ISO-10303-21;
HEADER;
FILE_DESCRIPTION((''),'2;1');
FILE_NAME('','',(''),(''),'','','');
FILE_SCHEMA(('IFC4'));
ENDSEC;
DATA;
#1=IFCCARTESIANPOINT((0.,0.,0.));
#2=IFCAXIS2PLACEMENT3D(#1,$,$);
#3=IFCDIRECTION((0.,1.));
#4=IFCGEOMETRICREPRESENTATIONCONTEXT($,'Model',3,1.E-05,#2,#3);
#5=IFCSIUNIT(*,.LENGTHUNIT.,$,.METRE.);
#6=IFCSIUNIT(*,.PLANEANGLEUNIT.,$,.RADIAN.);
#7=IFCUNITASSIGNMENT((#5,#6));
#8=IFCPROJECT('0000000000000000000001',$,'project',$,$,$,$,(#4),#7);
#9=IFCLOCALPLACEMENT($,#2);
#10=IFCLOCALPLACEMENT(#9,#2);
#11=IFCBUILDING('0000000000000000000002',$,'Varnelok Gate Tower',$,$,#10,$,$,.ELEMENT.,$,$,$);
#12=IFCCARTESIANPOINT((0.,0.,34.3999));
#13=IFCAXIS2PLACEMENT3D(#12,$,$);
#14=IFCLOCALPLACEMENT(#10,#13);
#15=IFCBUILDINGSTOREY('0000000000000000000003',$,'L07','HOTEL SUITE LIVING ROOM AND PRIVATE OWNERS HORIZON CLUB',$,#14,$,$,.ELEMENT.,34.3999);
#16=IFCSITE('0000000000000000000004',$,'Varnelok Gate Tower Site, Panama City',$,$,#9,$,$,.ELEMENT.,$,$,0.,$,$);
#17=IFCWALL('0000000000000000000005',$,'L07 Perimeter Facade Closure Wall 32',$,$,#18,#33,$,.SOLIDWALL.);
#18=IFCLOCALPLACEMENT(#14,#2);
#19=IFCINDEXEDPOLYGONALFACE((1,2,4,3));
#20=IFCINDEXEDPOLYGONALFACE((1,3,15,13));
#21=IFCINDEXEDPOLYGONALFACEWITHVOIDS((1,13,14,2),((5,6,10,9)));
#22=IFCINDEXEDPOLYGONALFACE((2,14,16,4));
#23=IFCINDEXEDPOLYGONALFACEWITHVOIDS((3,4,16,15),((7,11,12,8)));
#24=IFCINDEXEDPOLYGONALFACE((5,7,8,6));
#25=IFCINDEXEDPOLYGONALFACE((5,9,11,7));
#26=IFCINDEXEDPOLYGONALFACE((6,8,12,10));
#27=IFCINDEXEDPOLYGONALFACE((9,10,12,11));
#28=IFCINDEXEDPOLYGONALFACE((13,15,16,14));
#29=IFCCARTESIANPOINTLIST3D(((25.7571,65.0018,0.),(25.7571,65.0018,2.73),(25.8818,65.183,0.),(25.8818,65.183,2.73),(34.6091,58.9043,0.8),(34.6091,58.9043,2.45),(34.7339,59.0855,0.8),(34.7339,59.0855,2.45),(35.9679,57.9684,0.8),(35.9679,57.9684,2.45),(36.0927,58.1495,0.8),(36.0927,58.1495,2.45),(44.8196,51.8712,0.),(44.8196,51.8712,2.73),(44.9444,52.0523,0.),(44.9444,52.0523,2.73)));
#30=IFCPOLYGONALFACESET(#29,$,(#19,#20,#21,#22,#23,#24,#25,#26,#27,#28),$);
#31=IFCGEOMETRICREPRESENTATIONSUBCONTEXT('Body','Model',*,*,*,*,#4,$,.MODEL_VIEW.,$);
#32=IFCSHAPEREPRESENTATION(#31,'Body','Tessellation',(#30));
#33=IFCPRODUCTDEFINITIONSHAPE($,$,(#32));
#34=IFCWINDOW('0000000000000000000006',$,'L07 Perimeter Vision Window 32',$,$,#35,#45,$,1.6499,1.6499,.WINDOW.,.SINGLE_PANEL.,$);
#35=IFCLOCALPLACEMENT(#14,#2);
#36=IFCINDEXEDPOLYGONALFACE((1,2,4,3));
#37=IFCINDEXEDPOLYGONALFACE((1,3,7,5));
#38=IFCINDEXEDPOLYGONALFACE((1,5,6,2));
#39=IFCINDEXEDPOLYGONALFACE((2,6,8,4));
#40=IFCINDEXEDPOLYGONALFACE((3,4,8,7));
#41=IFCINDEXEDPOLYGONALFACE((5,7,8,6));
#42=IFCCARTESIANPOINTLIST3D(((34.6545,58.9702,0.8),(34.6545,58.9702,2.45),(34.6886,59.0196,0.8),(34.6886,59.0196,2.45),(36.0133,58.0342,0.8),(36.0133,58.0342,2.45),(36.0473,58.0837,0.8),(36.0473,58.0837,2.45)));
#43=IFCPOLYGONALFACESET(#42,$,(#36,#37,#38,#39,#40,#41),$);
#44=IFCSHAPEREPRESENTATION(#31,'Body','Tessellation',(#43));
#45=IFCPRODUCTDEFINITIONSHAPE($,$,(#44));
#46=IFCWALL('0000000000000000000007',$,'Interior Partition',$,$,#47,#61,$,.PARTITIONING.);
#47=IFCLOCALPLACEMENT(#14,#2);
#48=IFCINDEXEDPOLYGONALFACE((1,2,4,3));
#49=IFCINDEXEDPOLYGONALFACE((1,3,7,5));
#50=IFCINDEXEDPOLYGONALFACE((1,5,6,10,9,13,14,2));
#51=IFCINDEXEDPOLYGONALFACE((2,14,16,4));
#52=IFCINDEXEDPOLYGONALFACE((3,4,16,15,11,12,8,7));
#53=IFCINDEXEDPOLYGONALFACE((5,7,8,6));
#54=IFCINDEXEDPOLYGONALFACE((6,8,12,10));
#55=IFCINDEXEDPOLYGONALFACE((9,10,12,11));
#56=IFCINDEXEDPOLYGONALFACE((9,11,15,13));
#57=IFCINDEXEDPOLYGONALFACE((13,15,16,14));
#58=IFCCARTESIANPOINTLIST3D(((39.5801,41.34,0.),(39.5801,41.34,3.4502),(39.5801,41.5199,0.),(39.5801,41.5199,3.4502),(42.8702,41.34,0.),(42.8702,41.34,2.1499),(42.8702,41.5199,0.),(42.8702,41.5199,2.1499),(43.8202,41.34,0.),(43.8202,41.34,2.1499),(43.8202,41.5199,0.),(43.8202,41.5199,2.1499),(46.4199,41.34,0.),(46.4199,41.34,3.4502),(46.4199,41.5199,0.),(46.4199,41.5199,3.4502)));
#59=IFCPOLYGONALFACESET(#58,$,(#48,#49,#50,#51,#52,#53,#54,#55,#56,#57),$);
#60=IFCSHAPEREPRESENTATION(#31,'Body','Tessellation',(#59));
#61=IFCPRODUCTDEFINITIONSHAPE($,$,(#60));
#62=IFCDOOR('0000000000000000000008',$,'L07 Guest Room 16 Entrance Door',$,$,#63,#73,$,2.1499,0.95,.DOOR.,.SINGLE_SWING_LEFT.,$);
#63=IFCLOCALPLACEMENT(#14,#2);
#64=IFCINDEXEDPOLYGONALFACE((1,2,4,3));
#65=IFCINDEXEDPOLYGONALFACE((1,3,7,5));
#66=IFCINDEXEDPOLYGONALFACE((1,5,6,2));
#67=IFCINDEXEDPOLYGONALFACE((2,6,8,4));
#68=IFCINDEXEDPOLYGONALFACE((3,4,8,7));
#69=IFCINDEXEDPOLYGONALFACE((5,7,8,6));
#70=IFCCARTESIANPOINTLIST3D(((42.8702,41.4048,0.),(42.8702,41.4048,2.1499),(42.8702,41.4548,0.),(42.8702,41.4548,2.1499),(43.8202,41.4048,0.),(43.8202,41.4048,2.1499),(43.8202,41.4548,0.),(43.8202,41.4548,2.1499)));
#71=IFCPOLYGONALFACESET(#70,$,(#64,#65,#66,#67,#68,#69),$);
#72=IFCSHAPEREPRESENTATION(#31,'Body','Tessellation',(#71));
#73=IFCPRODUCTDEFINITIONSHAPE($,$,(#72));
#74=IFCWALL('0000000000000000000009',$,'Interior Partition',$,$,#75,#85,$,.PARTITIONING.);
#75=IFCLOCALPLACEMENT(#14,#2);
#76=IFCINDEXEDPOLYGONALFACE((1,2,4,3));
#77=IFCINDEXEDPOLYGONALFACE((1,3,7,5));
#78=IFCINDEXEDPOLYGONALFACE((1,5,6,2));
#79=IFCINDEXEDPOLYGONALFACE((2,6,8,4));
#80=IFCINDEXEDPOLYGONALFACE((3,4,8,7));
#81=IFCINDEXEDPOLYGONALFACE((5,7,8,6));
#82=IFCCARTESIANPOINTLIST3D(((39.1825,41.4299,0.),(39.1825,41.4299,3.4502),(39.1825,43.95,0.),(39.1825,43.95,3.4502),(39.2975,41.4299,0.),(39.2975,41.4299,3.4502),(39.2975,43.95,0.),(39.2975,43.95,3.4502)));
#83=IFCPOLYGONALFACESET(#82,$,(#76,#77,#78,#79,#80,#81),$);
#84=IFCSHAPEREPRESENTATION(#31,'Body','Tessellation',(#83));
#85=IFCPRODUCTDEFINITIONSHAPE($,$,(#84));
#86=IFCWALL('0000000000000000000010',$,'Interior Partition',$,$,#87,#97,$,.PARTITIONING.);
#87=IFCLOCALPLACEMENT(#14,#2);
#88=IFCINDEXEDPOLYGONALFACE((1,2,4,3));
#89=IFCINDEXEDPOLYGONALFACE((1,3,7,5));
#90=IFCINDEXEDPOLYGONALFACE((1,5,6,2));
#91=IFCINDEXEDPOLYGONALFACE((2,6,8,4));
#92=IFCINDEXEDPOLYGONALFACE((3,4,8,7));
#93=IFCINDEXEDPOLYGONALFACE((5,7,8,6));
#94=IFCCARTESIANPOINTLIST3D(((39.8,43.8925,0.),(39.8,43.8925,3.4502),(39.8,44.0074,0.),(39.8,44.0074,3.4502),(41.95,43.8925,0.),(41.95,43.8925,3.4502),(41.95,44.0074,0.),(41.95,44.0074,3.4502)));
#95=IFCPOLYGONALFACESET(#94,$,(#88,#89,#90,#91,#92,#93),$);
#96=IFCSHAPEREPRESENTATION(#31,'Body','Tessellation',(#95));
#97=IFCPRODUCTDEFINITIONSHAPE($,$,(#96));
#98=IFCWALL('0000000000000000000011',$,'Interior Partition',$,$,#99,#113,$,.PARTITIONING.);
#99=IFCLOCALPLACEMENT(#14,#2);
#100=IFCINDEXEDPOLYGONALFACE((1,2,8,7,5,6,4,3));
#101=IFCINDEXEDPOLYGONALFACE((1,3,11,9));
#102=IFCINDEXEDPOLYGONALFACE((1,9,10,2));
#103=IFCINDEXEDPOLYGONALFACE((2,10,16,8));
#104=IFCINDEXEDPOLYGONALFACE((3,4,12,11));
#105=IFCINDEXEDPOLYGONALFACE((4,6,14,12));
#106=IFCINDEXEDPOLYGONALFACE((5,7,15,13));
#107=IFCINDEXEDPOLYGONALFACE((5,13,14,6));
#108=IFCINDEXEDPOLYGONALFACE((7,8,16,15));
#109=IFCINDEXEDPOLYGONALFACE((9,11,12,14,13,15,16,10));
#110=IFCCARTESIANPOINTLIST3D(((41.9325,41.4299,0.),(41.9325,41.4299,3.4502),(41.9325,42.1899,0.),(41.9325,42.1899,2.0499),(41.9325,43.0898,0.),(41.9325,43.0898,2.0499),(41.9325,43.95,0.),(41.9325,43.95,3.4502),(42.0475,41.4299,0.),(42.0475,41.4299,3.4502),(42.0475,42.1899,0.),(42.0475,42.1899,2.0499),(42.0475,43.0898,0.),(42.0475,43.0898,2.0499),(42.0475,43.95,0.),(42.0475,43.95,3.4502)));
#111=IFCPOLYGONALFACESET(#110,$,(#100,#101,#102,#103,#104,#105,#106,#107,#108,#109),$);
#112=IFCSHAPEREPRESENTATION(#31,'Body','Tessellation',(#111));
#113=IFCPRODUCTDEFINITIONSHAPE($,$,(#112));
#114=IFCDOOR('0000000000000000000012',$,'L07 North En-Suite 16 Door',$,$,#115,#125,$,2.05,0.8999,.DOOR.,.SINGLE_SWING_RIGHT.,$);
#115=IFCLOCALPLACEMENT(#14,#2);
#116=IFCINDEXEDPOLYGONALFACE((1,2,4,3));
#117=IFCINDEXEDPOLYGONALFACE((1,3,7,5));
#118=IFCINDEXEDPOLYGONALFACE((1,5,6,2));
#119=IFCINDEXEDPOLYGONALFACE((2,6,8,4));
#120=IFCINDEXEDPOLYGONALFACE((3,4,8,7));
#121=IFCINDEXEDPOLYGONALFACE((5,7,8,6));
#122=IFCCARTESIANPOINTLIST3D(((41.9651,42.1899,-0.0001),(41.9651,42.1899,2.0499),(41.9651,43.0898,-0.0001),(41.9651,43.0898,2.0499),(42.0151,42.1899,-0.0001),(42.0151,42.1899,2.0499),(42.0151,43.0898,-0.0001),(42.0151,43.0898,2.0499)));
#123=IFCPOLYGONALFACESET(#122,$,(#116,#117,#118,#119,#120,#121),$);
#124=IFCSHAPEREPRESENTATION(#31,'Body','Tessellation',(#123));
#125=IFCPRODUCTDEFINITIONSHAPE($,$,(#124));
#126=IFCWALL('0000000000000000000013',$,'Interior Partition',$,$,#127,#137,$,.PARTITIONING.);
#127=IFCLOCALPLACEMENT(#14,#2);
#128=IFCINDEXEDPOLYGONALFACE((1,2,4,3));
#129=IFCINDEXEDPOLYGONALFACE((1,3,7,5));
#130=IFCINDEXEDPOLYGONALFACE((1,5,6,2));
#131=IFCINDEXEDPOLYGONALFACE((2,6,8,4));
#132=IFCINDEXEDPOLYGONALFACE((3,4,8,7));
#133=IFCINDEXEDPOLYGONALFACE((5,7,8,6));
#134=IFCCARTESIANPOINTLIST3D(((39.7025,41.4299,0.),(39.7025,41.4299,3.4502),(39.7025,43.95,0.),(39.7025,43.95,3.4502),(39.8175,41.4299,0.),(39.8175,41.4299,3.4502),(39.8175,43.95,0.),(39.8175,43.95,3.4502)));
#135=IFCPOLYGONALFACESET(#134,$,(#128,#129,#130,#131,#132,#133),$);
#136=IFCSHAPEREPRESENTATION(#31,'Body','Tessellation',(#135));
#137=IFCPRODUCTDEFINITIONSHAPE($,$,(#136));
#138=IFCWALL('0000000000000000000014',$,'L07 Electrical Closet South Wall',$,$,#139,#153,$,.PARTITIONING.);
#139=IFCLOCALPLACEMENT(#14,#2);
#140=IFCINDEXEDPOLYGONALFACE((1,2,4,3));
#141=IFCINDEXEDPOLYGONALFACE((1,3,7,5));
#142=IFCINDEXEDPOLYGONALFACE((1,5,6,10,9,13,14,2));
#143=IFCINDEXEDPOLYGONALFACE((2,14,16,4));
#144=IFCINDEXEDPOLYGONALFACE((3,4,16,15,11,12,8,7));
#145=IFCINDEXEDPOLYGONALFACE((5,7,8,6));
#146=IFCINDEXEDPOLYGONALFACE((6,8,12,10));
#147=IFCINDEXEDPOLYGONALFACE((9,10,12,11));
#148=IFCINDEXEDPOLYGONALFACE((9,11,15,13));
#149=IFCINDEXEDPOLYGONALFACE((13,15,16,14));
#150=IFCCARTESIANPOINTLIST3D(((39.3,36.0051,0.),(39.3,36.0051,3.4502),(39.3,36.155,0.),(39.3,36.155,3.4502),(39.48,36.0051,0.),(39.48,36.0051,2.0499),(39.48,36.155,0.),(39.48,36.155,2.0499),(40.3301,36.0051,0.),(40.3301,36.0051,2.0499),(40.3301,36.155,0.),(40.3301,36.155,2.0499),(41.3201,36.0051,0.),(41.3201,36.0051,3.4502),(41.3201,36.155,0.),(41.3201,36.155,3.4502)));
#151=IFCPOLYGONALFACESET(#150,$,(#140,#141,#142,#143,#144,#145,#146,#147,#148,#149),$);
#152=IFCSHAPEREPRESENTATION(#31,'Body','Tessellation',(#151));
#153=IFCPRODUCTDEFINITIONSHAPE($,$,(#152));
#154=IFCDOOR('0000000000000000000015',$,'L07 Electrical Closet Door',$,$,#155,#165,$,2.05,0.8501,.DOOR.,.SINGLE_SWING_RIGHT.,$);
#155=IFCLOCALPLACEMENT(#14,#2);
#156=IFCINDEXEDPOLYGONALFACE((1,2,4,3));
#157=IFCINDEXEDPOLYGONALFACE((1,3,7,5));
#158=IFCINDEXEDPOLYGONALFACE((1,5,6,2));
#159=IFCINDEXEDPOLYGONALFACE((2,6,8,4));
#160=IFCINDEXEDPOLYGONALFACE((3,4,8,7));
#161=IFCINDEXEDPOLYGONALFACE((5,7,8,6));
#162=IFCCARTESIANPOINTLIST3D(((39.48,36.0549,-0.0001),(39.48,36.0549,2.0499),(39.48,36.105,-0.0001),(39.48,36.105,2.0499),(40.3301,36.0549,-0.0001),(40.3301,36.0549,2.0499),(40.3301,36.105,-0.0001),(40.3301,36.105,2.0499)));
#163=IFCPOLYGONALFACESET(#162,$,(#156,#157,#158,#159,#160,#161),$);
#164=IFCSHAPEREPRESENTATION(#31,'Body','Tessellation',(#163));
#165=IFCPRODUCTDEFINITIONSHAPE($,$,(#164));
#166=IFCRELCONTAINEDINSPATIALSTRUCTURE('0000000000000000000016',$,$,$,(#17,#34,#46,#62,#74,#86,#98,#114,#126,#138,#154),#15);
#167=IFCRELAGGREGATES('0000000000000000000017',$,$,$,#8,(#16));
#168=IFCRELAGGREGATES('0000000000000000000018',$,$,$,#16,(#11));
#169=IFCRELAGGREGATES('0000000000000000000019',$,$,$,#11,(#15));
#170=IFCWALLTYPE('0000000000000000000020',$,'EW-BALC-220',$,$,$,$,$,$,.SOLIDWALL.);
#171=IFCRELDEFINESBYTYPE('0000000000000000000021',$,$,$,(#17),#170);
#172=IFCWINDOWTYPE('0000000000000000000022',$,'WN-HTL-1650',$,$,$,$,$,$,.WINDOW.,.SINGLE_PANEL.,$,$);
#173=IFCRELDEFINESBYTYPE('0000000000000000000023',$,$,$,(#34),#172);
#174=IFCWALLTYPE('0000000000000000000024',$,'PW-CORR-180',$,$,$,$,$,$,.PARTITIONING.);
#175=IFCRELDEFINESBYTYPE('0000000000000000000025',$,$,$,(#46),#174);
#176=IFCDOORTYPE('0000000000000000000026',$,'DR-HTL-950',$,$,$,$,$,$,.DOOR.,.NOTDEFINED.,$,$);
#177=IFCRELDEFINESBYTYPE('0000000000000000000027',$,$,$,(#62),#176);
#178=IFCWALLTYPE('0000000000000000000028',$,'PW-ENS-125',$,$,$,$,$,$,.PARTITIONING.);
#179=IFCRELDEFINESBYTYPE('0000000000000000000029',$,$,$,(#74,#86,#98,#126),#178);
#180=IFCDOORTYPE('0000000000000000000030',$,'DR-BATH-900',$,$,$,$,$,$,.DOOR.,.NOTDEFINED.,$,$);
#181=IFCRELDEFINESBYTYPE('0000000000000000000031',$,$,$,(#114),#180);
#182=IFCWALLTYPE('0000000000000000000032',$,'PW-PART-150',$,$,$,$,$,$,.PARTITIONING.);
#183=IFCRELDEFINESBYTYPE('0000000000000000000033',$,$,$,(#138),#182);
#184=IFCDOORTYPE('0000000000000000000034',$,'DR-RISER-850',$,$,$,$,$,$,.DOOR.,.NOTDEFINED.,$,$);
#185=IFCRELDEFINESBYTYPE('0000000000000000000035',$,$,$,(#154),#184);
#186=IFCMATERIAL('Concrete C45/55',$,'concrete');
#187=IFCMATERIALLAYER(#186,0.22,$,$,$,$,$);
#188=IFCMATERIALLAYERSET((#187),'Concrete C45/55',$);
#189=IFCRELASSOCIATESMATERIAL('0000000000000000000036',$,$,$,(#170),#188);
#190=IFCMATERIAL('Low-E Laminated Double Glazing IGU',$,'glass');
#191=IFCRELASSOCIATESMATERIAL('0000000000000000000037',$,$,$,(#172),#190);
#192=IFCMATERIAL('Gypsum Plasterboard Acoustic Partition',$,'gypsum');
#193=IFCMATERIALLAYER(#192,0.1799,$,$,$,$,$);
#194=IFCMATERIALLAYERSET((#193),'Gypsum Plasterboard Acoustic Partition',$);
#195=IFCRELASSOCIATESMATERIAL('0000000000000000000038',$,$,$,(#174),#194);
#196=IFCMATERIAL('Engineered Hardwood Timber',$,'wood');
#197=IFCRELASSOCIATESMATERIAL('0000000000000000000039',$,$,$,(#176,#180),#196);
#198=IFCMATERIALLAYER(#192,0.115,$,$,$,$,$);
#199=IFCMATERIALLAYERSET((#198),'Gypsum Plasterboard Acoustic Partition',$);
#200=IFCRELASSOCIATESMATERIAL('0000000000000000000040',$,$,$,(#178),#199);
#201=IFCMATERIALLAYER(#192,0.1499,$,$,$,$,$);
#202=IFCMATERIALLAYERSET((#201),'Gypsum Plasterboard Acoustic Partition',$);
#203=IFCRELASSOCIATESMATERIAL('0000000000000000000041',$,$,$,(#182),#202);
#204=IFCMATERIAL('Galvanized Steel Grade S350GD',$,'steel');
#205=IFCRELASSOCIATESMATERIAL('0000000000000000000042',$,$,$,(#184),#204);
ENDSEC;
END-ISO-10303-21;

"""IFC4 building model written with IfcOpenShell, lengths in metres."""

from ifc_helpers import new_model, si_unit, direction, frame, frame_2d, origin, place, context, subcontext, project, spatial, rectangle, extrude, material, layer, layer_set, type_object, element, fill, save


model = new_model("IFC4")

# Units and contexts
model_context = context("Model", 3, precision=1e-05, world=origin(), true_north=direction((0.0, 1.0)))
body_context = subcontext(model_context, "Body", "Model", "MODEL_VIEW")
ifc_project = project(units=[si_unit("LENGTHUNIT", "METRE"), si_unit("PLANEANGLEUNIT", "RADIAN")], contexts=[model_context])

# Site, building, storey
site_placement = place(None, origin())
site = spatial("IfcSite", under=ifc_project, at=site_placement, Name="Varnelok Gate Tower Site, Panama City", CompositionType="ELEMENT", RefElevation=0.0)
building_placement = place(site_placement, origin())
building = spatial("IfcBuilding", under=site, at=building_placement, Name="Varnelok Gate Tower", CompositionType="ELEMENT")
storey_placement = place(building_placement, frame((0.0, 0.0, 34.3999)))
storey = spatial("IfcBuildingStorey", under=building, at=storey_placement, Name="L07", Description="HOTEL SUITE LIVING ROOM AND PRIVATE OWNERS HORIZON CLUB", CompositionType="ELEMENT", Elevation=34.3999)

# Shared definitions
ifc_material_1 = material(Name="Concrete C45/55", Category="concrete")
ifc_layer_1 = layer(ifc_material_1, 0.22)
ifc_layer_set_1 = layer_set([ifc_layer_1], Name="Concrete C45/55")
wall_type_1 = type_object("IfcWallType", Name="EW-BALC-220", PredefinedType="SOLIDWALL", material=ifc_layer_set_1)

# Wall, opening, window
wall_1_placement = place(storey_placement, frame((44.8821, 51.9617, 0.0), z_axis=(0.0, 0.0, 1.0), x_axis=(-0.823534, 0.567266, 0.0)))
wall_1 = element("IfcWall", 1, at=wall_1_placement, inside=storey, type_object=wall_type_1, Name="L07 Perimeter Facade Closure Wall 32", PredefinedType="SOLIDWALL", context=body_context, shape_type="SweptSolid", body=[
    extrude(rectangle(XDim=23.1472, YDim=0.22, at=frame_2d((11.5737, 0.0))), origin(), (0.0, 0.0, 1.0), 2.73),
])
opening_1_placement = place(wall_1_placement, frame((10.7485, 0.0, 0.8)))
opening_1 = element("IfcOpeningElement", 2, at=opening_1_placement, cuts=wall_1, PredefinedType="OPENING", context=body_context, shape_type="SweptSolid", body=[
    extrude(rectangle(XDim=1.6499, YDim=1.6499, at=frame_2d((0.825, 0.825))), frame((0.0, 0.1199, 0.0), z_axis=(0.0, -1.0, 0.0), x_axis=(1.0, 0.0, 0.0)), (0.0, 0.0, 1.0), 0.24),
])
ifc_material_2 = material(Name="Low-E Laminated Double Glazing IGU", Category="glass")
window_type = type_object("IfcWindowType", Name="WN-HTL-1650", PartitioningType="SINGLE_PANEL", PredefinedType="WINDOW", material=ifc_material_2)
window_placement = place(opening_1_placement, origin())
window = element("IfcWindow", 3, at=window_placement, inside=storey, type_object=window_type, Name="L07 Perimeter Vision Window 32", OverallHeight=1.6499, OverallWidth=1.6499, PartitioningType="SINGLE_PANEL", PredefinedType="WINDOW", context=body_context, shape_type="SweptSolid", body=[
    extrude(rectangle(XDim=1.6499, YDim=1.6499, at=frame_2d((0.825, 0.825))), frame((0.0, 0.03, 0.0), z_axis=(0.0, -1.0, 0.0), x_axis=(1.0, 0.0, 0.0)), (0.0, 0.0, 1.0), 0.0601),
])
fill(opening_1, window)

# Wall, opening, door
ifc_material_3 = material(Name="Gypsum Plasterboard Acoustic Partition", Category="gypsum")
ifc_layer_2 = layer(ifc_material_3, 0.1799)
ifc_layer_set_2 = layer_set([ifc_layer_2], Name="Gypsum Plasterboard Acoustic Partition")
wall_type_2 = type_object("IfcWallType", Name="PW-CORR-180", PredefinedType="PARTITIONING", material=ifc_layer_set_2)
wall_2_placement = place(storey_placement, frame((39.5801, 41.4299, 0.0), z_axis=(0.0, 0.0, 1.0), x_axis=(1.0, 0.0, 0.0)))
wall_2 = element("IfcWall", 4, at=wall_2_placement, inside=storey, type_object=wall_type_2, Name="Interior Partition", PredefinedType="PARTITIONING", context=body_context, shape_type="SweptSolid", body=[
    extrude(rectangle(XDim=6.8398, YDim=0.1799, at=frame_2d((3.4199, 0.0))), origin(), (0.0, 0.0, 1.0), 3.4502),
])
opening_2_placement = place(wall_2_placement, frame((3.29, 0.0, 0.0)))
opening_2 = element("IfcOpeningElement", 5, at=opening_2_placement, cuts=wall_2, PredefinedType="OPENING", context=body_context, shape_type="SweptSolid", body=[
    extrude(rectangle(XDim=0.95, YDim=2.1499, at=frame_2d((0.4751, 1.075))), frame((0.0, 0.0999, 0.0), z_axis=(0.0, -1.0, 0.0), x_axis=(1.0, 0.0, 0.0)), (0.0, 0.0, 1.0), 0.2),
])
ifc_material_4 = material(Name="Engineered Hardwood Timber", Category="wood")
door_type_1 = type_object("IfcDoorType", Name="DR-HTL-950", OperationType="NOTDEFINED", PredefinedType="DOOR", material=ifc_material_4)
door_1_placement = place(opening_2_placement, origin())
door_1 = element("IfcDoor", 6, at=door_1_placement, inside=storey, type_object=door_type_1, Name="L07 Guest Room 16 Entrance Door", OperationType="SINGLE_SWING_LEFT", OverallHeight=2.1499, OverallWidth=0.95, PredefinedType="DOOR", context=body_context, shape_type="SweptSolid", body=[
    extrude(rectangle(XDim=0.95, YDim=2.1499, at=frame_2d((0.4751, 1.075))), frame((0.0, 0.0249, 0.0), z_axis=(0.0, -1.0, 0.0), x_axis=(1.0, 0.0, 0.0)), (0.0, 0.0, 1.0), 0.05),
])
fill(opening_2, door_1)

# Walls
ifc_layer_3 = layer(ifc_material_3, 0.115)
ifc_layer_set_3 = layer_set([ifc_layer_3], Name="Gypsum Plasterboard Acoustic Partition")
wall_type_3 = type_object("IfcWallType", Name="PW-ENS-125", PredefinedType="PARTITIONING", material=ifc_layer_set_3)
wall_3_placement = place(storey_placement, frame((39.24, 41.4299, 0.0), z_axis=(0.0, 0.0, 1.0), x_axis=(0.0, 1.0, 0.0)))
element("IfcWall", 7, at=wall_3_placement, inside=storey, type_object=wall_type_3, Name="Interior Partition", PredefinedType="PARTITIONING", context=body_context, shape_type="SweptSolid", body=[
    extrude(rectangle(XDim=2.52, YDim=0.115, at=frame_2d((1.26, 0.0))), origin(), (0.0, 0.0, 1.0), 3.4502),
])
wall_4_placement = place(storey_placement, frame((39.8, 43.95, 0.0), z_axis=(0.0, 0.0, 1.0), x_axis=(1.0, 0.0, 0.0)))
element("IfcWall", 8, at=wall_4_placement, inside=storey, type_object=wall_type_3, Name="Interior Partition", PredefinedType="PARTITIONING", context=body_context, shape_type="SweptSolid", body=[
    extrude(rectangle(XDim=2.1499, YDim=0.115, at=frame_2d((1.075, 0.0))), origin(), (0.0, 0.0, 1.0), 3.4502),
])

# Wall, opening, door
wall_5_placement = place(storey_placement, frame((41.99, 41.4299, 0.0), z_axis=(0.0, 0.0, 1.0), x_axis=(0.0, 1.0, 0.0)))
wall_5 = element("IfcWall", 9, at=wall_5_placement, inside=storey, type_object=wall_type_3, Name="Interior Partition", PredefinedType="PARTITIONING", context=body_context, shape_type="SweptSolid", body=[
    extrude(rectangle(XDim=2.52, YDim=0.115, at=frame_2d((1.26, 0.0))), origin(), (0.0, 0.0, 1.0), 3.4502),
])
opening_3_placement = place(wall_5_placement, frame((0.76, 0.0, 0.0)))
opening_3 = element("IfcOpeningElement", 10, at=opening_3_placement, cuts=wall_5, PredefinedType="OPENING", context=body_context, shape_type="SweptSolid", body=[
    extrude(rectangle(XDim=0.8999, YDim=2.05, at=frame_2d((0.45, 1.0249))), frame((0.0, 0.0674, 0.0), z_axis=(0.0, -1.0, 0.0), x_axis=(1.0, 0.0, 0.0)), (0.0, 0.0, 1.0), 0.135),
])
door_type_2 = type_object("IfcDoorType", Name="DR-BATH-900", OperationType="NOTDEFINED", PredefinedType="DOOR", material=ifc_material_4)
door_2_placement = place(opening_3_placement, origin())
door_2 = element("IfcDoor", 11, at=door_2_placement, inside=storey, type_object=door_type_2, Name="L07 North En-Suite 16 Door", OperationType="SINGLE_SWING_RIGHT", OverallHeight=2.05, OverallWidth=0.8999, PredefinedType="DOOR", context=body_context, shape_type="SweptSolid", body=[
    extrude(rectangle(XDim=0.8999, YDim=2.05, at=frame_2d((0.45, 1.0249))), frame((0.0, 0.0249, 0.0), z_axis=(0.0, -1.0, 0.0), x_axis=(1.0, 0.0, 0.0)), (0.0, 0.0, 1.0), 0.05),
])
fill(opening_3, door_2)

# Wall
wall_6_placement = place(storey_placement, frame((39.76, 41.4299, 0.0), z_axis=(0.0, 0.0, 1.0), x_axis=(0.0, 1.0, 0.0)))
element("IfcWall", 12, at=wall_6_placement, inside=storey, type_object=wall_type_3, Name="Interior Partition", PredefinedType="PARTITIONING", context=body_context, shape_type="SweptSolid", body=[
    extrude(rectangle(XDim=2.52, YDim=0.115, at=frame_2d((1.26, 0.0))), origin(), (0.0, 0.0, 1.0), 3.4502),
])

# Wall, opening, door
ifc_layer_4 = layer(ifc_material_3, 0.1499)
ifc_layer_set_4 = layer_set([ifc_layer_4], Name="Gypsum Plasterboard Acoustic Partition")
wall_type_4 = type_object("IfcWallType", Name="PW-PART-150", PredefinedType="PARTITIONING", material=ifc_layer_set_4)
wall_7_placement = place(storey_placement, frame((39.3, 36.0801, 0.0), z_axis=(0.0, 0.0, 1.0), x_axis=(1.0, 0.0, 0.0)))
wall_7 = element("IfcWall", 13, at=wall_7_placement, inside=storey, type_object=wall_type_4, Name="L07 Electrical Closet South Wall", PredefinedType="PARTITIONING", context=body_context, shape_type="SweptSolid", body=[
    extrude(rectangle(XDim=2.02, YDim=0.1499, at=frame_2d((1.01, 0.0))), origin(), (0.0, 0.0, 1.0), 3.4502),
])
opening_4_placement = place(wall_7_placement, frame((0.1799, 0.0, 0.0)))
opening_4 = element("IfcOpeningElement", 14, at=opening_4_placement, cuts=wall_7, PredefinedType="OPENING", context=body_context, shape_type="SweptSolid", body=[
    extrude(rectangle(XDim=0.8501, YDim=2.05, at=frame_2d((0.425, 1.0249))), frame((0.0, 0.085, 0.0), z_axis=(0.0, -1.0, 0.0), x_axis=(1.0, 0.0, 0.0)), (0.0, 0.0, 1.0), 0.1699),
])
ifc_material_5 = material(Name="Galvanized Steel Grade S350GD", Category="steel")
door_type_3 = type_object("IfcDoorType", Name="DR-RISER-850", OperationType="NOTDEFINED", PredefinedType="DOOR", material=ifc_material_5)
door_3_placement = place(opening_4_placement, origin())
door_3 = element("IfcDoor", 15, at=door_3_placement, inside=storey, type_object=door_type_3, Name="L07 Electrical Closet Door", OperationType="SINGLE_SWING_RIGHT", OverallHeight=2.05, OverallWidth=0.8501, PredefinedType="DOOR", context=body_context, shape_type="SweptSolid", body=[
    extrude(rectangle(XDim=0.8501, YDim=2.05, at=frame_2d((0.425, 1.0249))), frame((0.0, 0.0249, 0.0), z_axis=(0.0, -1.0, 0.0), x_axis=(1.0, 0.0, 0.0)), (0.0, 0.0, 1.0), 0.05),
])
fill(opening_4, door_3)

save(model, "model.ifc")
